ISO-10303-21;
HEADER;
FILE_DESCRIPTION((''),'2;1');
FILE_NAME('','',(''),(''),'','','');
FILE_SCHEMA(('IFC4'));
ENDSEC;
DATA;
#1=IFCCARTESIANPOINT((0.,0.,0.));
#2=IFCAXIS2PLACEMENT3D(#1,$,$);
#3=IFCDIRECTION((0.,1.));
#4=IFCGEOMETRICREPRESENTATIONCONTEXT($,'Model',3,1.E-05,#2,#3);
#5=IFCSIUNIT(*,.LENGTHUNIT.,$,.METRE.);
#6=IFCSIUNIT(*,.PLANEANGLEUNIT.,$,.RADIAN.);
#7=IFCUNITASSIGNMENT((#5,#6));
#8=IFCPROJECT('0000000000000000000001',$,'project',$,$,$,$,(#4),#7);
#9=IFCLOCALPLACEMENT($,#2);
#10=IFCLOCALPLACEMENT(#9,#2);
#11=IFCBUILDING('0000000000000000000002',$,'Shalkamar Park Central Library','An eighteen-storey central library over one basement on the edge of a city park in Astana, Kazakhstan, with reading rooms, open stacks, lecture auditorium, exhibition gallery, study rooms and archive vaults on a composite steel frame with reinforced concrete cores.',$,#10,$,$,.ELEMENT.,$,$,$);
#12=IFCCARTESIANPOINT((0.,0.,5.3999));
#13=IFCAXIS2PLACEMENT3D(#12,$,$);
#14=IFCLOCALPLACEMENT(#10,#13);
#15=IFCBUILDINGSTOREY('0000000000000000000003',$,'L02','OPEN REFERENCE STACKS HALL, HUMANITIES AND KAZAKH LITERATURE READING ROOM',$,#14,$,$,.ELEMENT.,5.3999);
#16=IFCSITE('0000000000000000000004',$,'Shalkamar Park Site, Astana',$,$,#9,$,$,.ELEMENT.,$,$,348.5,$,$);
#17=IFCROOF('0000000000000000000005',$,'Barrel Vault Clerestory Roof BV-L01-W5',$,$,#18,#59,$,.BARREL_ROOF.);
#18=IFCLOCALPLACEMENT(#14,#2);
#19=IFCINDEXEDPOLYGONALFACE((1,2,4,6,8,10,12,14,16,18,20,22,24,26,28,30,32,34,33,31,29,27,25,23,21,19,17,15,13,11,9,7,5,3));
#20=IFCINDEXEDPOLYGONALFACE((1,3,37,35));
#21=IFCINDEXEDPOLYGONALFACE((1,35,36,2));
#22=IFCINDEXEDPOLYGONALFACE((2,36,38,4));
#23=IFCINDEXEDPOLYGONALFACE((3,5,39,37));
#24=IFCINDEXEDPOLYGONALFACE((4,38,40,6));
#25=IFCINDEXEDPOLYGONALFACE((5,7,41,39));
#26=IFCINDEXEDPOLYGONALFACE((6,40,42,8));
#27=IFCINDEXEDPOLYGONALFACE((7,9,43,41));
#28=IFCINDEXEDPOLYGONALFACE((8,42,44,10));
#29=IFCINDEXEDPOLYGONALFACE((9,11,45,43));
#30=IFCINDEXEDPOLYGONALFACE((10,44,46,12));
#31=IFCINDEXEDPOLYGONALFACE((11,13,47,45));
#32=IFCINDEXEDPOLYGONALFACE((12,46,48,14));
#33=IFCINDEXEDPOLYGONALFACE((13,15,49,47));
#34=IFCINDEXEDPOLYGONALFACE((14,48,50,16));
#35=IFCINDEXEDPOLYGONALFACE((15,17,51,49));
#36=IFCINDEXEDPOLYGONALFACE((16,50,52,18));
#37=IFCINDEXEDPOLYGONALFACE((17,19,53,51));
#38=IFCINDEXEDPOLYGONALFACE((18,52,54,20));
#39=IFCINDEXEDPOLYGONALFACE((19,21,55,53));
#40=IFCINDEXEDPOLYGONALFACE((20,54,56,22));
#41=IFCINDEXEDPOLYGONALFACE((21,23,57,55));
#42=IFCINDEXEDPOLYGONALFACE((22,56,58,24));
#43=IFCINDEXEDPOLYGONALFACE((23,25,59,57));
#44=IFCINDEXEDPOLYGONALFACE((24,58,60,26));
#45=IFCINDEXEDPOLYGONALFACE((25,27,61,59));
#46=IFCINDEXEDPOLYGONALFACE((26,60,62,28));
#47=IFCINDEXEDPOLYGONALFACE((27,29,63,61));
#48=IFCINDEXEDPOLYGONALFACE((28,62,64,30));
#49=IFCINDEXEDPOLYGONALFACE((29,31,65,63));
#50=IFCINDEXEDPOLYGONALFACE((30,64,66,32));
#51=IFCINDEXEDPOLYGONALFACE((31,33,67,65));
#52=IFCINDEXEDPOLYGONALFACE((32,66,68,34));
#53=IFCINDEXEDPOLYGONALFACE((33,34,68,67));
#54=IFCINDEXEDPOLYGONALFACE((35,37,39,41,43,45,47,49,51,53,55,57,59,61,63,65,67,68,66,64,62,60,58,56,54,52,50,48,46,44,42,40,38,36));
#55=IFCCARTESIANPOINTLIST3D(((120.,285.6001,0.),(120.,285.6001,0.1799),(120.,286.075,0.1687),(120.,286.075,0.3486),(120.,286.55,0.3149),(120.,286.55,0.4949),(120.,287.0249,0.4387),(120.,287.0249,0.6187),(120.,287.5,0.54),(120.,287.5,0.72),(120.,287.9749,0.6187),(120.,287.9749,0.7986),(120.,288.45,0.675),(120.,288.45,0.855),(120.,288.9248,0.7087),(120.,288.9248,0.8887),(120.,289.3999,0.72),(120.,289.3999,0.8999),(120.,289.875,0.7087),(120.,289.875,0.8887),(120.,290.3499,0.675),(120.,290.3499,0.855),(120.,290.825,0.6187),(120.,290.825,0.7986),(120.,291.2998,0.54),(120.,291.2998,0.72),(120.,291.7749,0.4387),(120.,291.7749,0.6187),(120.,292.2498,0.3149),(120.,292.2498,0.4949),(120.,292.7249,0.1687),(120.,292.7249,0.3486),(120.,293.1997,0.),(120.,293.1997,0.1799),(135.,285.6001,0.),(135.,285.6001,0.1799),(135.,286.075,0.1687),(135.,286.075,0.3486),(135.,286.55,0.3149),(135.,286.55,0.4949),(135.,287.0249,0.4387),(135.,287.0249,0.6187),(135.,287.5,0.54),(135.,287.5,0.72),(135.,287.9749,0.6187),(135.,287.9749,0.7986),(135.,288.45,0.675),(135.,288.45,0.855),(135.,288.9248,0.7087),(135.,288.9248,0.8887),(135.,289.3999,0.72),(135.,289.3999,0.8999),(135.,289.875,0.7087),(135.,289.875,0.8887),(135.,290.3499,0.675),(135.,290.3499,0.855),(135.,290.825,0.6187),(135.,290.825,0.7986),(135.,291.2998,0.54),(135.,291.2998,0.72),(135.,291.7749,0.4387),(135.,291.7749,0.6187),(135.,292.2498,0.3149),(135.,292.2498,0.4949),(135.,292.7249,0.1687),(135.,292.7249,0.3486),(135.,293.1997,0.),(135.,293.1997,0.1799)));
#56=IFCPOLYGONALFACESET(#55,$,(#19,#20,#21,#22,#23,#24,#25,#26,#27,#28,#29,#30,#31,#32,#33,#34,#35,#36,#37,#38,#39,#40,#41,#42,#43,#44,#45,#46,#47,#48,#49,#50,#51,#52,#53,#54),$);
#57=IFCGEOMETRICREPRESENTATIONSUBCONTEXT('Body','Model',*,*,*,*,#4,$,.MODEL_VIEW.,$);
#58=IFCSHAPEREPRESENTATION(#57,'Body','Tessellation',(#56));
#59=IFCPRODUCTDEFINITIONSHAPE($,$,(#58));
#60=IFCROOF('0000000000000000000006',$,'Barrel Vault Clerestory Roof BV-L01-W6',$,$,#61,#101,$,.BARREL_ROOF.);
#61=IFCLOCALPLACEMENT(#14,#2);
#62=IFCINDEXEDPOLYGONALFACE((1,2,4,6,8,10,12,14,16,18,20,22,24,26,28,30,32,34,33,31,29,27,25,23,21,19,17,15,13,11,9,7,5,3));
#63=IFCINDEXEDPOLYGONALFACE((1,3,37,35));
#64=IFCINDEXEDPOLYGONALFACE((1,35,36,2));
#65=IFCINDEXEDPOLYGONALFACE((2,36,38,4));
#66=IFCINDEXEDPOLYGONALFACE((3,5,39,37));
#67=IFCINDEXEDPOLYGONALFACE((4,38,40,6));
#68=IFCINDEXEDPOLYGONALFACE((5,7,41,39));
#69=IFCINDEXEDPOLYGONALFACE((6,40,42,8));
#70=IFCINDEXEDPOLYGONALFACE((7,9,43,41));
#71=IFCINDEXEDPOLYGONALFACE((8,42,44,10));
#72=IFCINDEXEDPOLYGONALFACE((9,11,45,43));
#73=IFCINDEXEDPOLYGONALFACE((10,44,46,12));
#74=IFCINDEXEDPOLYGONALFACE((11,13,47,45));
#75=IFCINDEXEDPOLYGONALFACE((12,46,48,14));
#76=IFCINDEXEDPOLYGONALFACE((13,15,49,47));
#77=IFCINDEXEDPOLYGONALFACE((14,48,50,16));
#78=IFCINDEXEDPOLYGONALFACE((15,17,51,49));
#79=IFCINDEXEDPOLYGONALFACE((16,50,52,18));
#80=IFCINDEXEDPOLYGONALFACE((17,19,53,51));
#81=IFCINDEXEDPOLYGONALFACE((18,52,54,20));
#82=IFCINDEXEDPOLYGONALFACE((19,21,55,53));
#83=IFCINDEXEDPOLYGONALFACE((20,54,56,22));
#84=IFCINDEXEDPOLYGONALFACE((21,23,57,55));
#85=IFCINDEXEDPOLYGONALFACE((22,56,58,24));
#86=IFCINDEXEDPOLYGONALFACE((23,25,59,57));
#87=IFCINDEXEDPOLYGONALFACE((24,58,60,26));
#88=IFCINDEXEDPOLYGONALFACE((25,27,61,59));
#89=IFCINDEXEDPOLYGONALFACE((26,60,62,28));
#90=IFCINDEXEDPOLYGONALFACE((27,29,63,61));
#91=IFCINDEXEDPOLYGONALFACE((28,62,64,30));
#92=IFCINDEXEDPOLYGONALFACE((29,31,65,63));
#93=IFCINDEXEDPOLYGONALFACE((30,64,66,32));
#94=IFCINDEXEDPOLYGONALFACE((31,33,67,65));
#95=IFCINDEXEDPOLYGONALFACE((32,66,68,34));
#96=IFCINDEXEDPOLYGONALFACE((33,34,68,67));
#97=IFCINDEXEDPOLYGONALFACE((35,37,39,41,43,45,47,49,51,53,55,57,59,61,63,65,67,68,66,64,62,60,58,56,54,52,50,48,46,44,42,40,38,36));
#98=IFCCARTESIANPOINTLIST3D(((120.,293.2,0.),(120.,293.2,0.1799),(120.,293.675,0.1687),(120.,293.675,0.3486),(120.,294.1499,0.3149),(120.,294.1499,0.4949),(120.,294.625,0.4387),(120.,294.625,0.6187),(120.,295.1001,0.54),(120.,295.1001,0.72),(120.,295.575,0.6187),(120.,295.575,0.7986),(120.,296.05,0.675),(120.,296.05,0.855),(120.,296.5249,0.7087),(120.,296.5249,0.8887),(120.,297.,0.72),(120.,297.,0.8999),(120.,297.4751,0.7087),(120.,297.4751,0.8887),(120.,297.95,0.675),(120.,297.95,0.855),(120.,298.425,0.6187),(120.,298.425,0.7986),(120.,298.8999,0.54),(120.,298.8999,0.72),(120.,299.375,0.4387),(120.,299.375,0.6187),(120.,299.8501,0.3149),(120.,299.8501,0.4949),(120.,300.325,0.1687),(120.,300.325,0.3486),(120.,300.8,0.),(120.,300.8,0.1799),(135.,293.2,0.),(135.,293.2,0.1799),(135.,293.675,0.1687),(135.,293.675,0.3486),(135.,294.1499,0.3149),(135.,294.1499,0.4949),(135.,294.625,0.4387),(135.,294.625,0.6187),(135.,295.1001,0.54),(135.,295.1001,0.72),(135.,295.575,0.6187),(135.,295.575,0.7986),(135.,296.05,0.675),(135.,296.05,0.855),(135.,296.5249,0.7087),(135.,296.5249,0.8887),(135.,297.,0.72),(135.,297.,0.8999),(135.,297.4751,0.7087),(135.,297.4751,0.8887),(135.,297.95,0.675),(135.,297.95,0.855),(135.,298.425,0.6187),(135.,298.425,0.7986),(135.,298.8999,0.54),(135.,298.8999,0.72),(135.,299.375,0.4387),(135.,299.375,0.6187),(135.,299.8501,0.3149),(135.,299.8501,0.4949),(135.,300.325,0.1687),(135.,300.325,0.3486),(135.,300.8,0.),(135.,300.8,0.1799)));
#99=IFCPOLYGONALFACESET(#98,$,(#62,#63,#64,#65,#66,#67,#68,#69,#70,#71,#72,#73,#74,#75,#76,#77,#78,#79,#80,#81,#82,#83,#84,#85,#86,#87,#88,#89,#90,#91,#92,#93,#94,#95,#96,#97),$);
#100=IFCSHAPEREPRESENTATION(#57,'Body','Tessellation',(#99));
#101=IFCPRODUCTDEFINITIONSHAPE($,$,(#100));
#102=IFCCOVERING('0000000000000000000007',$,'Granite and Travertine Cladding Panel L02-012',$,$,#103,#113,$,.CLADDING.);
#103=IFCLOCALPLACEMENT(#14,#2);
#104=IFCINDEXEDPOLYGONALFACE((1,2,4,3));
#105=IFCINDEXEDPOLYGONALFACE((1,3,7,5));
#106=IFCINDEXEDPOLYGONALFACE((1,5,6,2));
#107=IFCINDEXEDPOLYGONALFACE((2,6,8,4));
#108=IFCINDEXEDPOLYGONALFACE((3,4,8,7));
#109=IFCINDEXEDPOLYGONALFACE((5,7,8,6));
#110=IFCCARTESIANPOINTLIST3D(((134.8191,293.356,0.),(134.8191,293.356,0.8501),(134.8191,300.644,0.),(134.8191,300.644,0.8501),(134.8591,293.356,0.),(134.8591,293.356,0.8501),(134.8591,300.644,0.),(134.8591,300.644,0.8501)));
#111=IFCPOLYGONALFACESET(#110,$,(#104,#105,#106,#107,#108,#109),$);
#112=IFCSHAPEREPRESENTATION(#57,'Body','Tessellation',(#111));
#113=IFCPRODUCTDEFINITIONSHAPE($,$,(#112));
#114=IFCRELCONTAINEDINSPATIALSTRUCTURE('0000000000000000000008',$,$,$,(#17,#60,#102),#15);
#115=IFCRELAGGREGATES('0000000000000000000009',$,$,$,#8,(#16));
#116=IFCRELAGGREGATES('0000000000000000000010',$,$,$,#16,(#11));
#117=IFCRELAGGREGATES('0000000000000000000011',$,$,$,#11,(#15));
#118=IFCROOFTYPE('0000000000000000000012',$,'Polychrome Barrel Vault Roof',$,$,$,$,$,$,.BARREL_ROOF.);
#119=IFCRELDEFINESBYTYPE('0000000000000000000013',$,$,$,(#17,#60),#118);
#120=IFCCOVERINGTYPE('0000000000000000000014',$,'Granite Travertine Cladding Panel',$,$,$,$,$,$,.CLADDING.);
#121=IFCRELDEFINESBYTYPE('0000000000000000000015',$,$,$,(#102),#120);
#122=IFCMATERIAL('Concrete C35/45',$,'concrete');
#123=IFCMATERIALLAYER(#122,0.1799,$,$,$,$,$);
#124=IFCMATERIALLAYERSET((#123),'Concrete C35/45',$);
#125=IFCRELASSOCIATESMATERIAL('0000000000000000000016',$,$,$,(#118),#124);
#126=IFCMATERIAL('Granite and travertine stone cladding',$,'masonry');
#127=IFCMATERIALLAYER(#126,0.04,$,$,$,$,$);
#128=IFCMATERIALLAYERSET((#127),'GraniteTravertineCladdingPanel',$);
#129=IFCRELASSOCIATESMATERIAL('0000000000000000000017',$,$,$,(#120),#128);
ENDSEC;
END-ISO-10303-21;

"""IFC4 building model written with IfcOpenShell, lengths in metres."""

from ifc_helpers import new_model, si_unit, direction, frame, origin, origin_2d, place, context, subcontext, project, spatial, polyline, rectangle, outline, extrude, material, layer, layer_set, type_object, element, save


model = new_model("IFC4")

# Units and contexts
model_context = context("Model", 3, precision=1e-05, world=origin(), true_north=direction((0.0, 1.0)))
body_context = subcontext(model_context, "Body", "Model", "MODEL_VIEW")
ifc_project = project(units=[si_unit("LENGTHUNIT", "METRE"), si_unit("PLANEANGLEUNIT", "RADIAN")], contexts=[model_context])

# Site, building, storey
site_placement = place(None, origin())
site = spatial("IfcSite", under=ifc_project, at=site_placement, Name="Shalkamar Park Site, Astana", CompositionType="ELEMENT", RefElevation=348.5)
building_placement = place(site_placement, origin())
building = spatial("IfcBuilding", under=site, at=building_placement, Name="Shalkamar Park Central Library", Description="An eighteen-storey central library over one basement on the edge of a city park in Astana, Kazakhstan, with reading rooms, open stacks, lecture auditorium, exhibition gallery, study rooms and archive vaults on a composite steel frame with reinforced concrete cores.", CompositionType="ELEMENT")
storey_placement = place(building_placement, frame((0.0, 0.0, 5.3999)))
storey = spatial("IfcBuildingStorey", under=building, at=storey_placement, Name="L02", Description="OPEN REFERENCE STACKS HALL, HUMANITIES AND KAZAKH LITERATURE READING ROOM", CompositionType="ELEMENT", Elevation=5.3999)

# Roofs
ifc_material_1 = material(Name="Concrete C35/45", Category="concrete")
ifc_layer_1 = layer(ifc_material_1, 0.1799)
ifc_layer_set_1 = layer_set([ifc_layer_1], Name="Concrete C35/45")
roof_type = type_object("IfcRoofType", Name="Polychrome Barrel Vault Roof", PredefinedType="BARREL_ROOF", material=ifc_layer_set_1)
roof_1_placement = place(storey_placement, frame((120.0, 289.3999, 0.0), z_axis=(0.0, 0.0, 1.0), x_axis=(1.0, 0.0, 0.0)))
element("IfcRoof", 1, at=roof_1_placement, inside=storey, type_object=roof_type, Name="Barrel Vault Clerestory Roof BV-L01-W5", PredefinedType="BARREL_ROOF", context=body_context, shape_type="SweptSolid", body=[
    extrude(outline(polyline([(-3.7998, 0.1799), (-3.325, 0.3486), (-2.8499, 0.4949), (-2.375, 0.6187), (-1.8999, 0.72), (-1.425, 0.7986), (-0.95, 0.855), (-0.4751, 0.8887), (0.0, 0.8999), (0.4751, 0.8887), (0.95, 0.855), (1.425, 0.7986), (1.8999, 0.72), (2.375, 0.6187), (2.8499, 0.4949), (3.325, 0.3486), (3.7998, 0.1799), (3.7998, 0.0), (3.325, 0.1687), (2.8499, 0.3149), (2.375, 0.4387), (1.8999, 0.54), (1.425, 0.6187), (0.95, 0.675), (0.4751, 0.7087), (0.0, 0.72), (-0.4751, 0.7087), (-0.95, 0.675), (-1.425, 0.6187), (-1.8999, 0.54), (-2.375, 0.4387), (-2.8499, 0.3149), (-3.325, 0.1687), (-3.7998, 0.0), (-3.7998, 0.1799)])), frame((0.0, 0.0, 0.0), z_axis=(1.0, 0.0, 0.0), x_axis=(0.0, 1.0, 0.0)), (0.0, 0.0, 1.0), 15.0),
])
roof_2_placement = place(storey_placement, frame((120.0, 297.0, 0.0), z_axis=(0.0, 0.0, 1.0), x_axis=(1.0, 0.0, 0.0)))
element("IfcRoof", 2, at=roof_2_placement, inside=storey, type_object=roof_type, Name="Barrel Vault Clerestory Roof BV-L01-W6", PredefinedType="BARREL_ROOF", context=body_context, shape_type="SweptSolid", body=[
    extrude(outline(polyline([(-3.8, 0.1799), (-3.325, 0.3486), (-2.8501, 0.4949), (-2.375, 0.6187), (-1.8999, 0.72), (-1.425, 0.7986), (-0.95, 0.855), (-0.4751, 0.8887), (0.0, 0.8999), (0.4751, 0.8887), (0.95, 0.855), (1.425, 0.7986), (1.8999, 0.72), (2.375, 0.6187), (2.8501, 0.4949), (3.325, 0.3486), (3.8, 0.1799), (3.8, 0.0), (3.325, 0.1687), (2.8501, 0.3149), (2.375, 0.4387), (1.8999, 0.54), (1.425, 0.6187), (0.95, 0.675), (0.4751, 0.7087), (0.0, 0.72), (-0.4751, 0.7087), (-0.95, 0.675), (-1.425, 0.6187), (-1.8999, 0.54), (-2.375, 0.4387), (-2.8501, 0.3149), (-3.325, 0.1687), (-3.8, 0.0), (-3.8, 0.1799)])), frame((0.0, 0.0, 0.0), z_axis=(1.0, 0.0, 0.0), x_axis=(0.0, 1.0, 0.0)), (0.0, 0.0, 1.0), 15.0),
])

# Covering
ifc_material_2 = material(Name="Granite and travertine stone cladding", Category="masonry")
ifc_layer_2 = layer(ifc_material_2, 0.04)
ifc_layer_set_2 = layer_set([ifc_layer_2], Name="GraniteTravertineCladdingPanel")
covering_type = type_object("IfcCoveringType", Name="Granite Travertine Cladding Panel", PredefinedType="CLADDING", material=ifc_layer_set_2)
covering_placement = place(storey_placement, frame((134.8391, 297.0, 0.0), z_axis=(0.0, 0.0, 1.0), x_axis=(1.0, 0.0, 0.0)))
element("IfcCovering", 3, at=covering_placement, inside=storey, type_object=covering_type, Name="Granite and Travertine Cladding Panel L02-012", PredefinedType="CLADDING", context=body_context, shape_type="SweptSolid", body=[
    extrude(rectangle(XDim=0.04, YDim=7.2881, at=origin_2d()), origin(), (0.0, 0.0, 1.0), 0.8501),
])

save(model, "model.ifc")
